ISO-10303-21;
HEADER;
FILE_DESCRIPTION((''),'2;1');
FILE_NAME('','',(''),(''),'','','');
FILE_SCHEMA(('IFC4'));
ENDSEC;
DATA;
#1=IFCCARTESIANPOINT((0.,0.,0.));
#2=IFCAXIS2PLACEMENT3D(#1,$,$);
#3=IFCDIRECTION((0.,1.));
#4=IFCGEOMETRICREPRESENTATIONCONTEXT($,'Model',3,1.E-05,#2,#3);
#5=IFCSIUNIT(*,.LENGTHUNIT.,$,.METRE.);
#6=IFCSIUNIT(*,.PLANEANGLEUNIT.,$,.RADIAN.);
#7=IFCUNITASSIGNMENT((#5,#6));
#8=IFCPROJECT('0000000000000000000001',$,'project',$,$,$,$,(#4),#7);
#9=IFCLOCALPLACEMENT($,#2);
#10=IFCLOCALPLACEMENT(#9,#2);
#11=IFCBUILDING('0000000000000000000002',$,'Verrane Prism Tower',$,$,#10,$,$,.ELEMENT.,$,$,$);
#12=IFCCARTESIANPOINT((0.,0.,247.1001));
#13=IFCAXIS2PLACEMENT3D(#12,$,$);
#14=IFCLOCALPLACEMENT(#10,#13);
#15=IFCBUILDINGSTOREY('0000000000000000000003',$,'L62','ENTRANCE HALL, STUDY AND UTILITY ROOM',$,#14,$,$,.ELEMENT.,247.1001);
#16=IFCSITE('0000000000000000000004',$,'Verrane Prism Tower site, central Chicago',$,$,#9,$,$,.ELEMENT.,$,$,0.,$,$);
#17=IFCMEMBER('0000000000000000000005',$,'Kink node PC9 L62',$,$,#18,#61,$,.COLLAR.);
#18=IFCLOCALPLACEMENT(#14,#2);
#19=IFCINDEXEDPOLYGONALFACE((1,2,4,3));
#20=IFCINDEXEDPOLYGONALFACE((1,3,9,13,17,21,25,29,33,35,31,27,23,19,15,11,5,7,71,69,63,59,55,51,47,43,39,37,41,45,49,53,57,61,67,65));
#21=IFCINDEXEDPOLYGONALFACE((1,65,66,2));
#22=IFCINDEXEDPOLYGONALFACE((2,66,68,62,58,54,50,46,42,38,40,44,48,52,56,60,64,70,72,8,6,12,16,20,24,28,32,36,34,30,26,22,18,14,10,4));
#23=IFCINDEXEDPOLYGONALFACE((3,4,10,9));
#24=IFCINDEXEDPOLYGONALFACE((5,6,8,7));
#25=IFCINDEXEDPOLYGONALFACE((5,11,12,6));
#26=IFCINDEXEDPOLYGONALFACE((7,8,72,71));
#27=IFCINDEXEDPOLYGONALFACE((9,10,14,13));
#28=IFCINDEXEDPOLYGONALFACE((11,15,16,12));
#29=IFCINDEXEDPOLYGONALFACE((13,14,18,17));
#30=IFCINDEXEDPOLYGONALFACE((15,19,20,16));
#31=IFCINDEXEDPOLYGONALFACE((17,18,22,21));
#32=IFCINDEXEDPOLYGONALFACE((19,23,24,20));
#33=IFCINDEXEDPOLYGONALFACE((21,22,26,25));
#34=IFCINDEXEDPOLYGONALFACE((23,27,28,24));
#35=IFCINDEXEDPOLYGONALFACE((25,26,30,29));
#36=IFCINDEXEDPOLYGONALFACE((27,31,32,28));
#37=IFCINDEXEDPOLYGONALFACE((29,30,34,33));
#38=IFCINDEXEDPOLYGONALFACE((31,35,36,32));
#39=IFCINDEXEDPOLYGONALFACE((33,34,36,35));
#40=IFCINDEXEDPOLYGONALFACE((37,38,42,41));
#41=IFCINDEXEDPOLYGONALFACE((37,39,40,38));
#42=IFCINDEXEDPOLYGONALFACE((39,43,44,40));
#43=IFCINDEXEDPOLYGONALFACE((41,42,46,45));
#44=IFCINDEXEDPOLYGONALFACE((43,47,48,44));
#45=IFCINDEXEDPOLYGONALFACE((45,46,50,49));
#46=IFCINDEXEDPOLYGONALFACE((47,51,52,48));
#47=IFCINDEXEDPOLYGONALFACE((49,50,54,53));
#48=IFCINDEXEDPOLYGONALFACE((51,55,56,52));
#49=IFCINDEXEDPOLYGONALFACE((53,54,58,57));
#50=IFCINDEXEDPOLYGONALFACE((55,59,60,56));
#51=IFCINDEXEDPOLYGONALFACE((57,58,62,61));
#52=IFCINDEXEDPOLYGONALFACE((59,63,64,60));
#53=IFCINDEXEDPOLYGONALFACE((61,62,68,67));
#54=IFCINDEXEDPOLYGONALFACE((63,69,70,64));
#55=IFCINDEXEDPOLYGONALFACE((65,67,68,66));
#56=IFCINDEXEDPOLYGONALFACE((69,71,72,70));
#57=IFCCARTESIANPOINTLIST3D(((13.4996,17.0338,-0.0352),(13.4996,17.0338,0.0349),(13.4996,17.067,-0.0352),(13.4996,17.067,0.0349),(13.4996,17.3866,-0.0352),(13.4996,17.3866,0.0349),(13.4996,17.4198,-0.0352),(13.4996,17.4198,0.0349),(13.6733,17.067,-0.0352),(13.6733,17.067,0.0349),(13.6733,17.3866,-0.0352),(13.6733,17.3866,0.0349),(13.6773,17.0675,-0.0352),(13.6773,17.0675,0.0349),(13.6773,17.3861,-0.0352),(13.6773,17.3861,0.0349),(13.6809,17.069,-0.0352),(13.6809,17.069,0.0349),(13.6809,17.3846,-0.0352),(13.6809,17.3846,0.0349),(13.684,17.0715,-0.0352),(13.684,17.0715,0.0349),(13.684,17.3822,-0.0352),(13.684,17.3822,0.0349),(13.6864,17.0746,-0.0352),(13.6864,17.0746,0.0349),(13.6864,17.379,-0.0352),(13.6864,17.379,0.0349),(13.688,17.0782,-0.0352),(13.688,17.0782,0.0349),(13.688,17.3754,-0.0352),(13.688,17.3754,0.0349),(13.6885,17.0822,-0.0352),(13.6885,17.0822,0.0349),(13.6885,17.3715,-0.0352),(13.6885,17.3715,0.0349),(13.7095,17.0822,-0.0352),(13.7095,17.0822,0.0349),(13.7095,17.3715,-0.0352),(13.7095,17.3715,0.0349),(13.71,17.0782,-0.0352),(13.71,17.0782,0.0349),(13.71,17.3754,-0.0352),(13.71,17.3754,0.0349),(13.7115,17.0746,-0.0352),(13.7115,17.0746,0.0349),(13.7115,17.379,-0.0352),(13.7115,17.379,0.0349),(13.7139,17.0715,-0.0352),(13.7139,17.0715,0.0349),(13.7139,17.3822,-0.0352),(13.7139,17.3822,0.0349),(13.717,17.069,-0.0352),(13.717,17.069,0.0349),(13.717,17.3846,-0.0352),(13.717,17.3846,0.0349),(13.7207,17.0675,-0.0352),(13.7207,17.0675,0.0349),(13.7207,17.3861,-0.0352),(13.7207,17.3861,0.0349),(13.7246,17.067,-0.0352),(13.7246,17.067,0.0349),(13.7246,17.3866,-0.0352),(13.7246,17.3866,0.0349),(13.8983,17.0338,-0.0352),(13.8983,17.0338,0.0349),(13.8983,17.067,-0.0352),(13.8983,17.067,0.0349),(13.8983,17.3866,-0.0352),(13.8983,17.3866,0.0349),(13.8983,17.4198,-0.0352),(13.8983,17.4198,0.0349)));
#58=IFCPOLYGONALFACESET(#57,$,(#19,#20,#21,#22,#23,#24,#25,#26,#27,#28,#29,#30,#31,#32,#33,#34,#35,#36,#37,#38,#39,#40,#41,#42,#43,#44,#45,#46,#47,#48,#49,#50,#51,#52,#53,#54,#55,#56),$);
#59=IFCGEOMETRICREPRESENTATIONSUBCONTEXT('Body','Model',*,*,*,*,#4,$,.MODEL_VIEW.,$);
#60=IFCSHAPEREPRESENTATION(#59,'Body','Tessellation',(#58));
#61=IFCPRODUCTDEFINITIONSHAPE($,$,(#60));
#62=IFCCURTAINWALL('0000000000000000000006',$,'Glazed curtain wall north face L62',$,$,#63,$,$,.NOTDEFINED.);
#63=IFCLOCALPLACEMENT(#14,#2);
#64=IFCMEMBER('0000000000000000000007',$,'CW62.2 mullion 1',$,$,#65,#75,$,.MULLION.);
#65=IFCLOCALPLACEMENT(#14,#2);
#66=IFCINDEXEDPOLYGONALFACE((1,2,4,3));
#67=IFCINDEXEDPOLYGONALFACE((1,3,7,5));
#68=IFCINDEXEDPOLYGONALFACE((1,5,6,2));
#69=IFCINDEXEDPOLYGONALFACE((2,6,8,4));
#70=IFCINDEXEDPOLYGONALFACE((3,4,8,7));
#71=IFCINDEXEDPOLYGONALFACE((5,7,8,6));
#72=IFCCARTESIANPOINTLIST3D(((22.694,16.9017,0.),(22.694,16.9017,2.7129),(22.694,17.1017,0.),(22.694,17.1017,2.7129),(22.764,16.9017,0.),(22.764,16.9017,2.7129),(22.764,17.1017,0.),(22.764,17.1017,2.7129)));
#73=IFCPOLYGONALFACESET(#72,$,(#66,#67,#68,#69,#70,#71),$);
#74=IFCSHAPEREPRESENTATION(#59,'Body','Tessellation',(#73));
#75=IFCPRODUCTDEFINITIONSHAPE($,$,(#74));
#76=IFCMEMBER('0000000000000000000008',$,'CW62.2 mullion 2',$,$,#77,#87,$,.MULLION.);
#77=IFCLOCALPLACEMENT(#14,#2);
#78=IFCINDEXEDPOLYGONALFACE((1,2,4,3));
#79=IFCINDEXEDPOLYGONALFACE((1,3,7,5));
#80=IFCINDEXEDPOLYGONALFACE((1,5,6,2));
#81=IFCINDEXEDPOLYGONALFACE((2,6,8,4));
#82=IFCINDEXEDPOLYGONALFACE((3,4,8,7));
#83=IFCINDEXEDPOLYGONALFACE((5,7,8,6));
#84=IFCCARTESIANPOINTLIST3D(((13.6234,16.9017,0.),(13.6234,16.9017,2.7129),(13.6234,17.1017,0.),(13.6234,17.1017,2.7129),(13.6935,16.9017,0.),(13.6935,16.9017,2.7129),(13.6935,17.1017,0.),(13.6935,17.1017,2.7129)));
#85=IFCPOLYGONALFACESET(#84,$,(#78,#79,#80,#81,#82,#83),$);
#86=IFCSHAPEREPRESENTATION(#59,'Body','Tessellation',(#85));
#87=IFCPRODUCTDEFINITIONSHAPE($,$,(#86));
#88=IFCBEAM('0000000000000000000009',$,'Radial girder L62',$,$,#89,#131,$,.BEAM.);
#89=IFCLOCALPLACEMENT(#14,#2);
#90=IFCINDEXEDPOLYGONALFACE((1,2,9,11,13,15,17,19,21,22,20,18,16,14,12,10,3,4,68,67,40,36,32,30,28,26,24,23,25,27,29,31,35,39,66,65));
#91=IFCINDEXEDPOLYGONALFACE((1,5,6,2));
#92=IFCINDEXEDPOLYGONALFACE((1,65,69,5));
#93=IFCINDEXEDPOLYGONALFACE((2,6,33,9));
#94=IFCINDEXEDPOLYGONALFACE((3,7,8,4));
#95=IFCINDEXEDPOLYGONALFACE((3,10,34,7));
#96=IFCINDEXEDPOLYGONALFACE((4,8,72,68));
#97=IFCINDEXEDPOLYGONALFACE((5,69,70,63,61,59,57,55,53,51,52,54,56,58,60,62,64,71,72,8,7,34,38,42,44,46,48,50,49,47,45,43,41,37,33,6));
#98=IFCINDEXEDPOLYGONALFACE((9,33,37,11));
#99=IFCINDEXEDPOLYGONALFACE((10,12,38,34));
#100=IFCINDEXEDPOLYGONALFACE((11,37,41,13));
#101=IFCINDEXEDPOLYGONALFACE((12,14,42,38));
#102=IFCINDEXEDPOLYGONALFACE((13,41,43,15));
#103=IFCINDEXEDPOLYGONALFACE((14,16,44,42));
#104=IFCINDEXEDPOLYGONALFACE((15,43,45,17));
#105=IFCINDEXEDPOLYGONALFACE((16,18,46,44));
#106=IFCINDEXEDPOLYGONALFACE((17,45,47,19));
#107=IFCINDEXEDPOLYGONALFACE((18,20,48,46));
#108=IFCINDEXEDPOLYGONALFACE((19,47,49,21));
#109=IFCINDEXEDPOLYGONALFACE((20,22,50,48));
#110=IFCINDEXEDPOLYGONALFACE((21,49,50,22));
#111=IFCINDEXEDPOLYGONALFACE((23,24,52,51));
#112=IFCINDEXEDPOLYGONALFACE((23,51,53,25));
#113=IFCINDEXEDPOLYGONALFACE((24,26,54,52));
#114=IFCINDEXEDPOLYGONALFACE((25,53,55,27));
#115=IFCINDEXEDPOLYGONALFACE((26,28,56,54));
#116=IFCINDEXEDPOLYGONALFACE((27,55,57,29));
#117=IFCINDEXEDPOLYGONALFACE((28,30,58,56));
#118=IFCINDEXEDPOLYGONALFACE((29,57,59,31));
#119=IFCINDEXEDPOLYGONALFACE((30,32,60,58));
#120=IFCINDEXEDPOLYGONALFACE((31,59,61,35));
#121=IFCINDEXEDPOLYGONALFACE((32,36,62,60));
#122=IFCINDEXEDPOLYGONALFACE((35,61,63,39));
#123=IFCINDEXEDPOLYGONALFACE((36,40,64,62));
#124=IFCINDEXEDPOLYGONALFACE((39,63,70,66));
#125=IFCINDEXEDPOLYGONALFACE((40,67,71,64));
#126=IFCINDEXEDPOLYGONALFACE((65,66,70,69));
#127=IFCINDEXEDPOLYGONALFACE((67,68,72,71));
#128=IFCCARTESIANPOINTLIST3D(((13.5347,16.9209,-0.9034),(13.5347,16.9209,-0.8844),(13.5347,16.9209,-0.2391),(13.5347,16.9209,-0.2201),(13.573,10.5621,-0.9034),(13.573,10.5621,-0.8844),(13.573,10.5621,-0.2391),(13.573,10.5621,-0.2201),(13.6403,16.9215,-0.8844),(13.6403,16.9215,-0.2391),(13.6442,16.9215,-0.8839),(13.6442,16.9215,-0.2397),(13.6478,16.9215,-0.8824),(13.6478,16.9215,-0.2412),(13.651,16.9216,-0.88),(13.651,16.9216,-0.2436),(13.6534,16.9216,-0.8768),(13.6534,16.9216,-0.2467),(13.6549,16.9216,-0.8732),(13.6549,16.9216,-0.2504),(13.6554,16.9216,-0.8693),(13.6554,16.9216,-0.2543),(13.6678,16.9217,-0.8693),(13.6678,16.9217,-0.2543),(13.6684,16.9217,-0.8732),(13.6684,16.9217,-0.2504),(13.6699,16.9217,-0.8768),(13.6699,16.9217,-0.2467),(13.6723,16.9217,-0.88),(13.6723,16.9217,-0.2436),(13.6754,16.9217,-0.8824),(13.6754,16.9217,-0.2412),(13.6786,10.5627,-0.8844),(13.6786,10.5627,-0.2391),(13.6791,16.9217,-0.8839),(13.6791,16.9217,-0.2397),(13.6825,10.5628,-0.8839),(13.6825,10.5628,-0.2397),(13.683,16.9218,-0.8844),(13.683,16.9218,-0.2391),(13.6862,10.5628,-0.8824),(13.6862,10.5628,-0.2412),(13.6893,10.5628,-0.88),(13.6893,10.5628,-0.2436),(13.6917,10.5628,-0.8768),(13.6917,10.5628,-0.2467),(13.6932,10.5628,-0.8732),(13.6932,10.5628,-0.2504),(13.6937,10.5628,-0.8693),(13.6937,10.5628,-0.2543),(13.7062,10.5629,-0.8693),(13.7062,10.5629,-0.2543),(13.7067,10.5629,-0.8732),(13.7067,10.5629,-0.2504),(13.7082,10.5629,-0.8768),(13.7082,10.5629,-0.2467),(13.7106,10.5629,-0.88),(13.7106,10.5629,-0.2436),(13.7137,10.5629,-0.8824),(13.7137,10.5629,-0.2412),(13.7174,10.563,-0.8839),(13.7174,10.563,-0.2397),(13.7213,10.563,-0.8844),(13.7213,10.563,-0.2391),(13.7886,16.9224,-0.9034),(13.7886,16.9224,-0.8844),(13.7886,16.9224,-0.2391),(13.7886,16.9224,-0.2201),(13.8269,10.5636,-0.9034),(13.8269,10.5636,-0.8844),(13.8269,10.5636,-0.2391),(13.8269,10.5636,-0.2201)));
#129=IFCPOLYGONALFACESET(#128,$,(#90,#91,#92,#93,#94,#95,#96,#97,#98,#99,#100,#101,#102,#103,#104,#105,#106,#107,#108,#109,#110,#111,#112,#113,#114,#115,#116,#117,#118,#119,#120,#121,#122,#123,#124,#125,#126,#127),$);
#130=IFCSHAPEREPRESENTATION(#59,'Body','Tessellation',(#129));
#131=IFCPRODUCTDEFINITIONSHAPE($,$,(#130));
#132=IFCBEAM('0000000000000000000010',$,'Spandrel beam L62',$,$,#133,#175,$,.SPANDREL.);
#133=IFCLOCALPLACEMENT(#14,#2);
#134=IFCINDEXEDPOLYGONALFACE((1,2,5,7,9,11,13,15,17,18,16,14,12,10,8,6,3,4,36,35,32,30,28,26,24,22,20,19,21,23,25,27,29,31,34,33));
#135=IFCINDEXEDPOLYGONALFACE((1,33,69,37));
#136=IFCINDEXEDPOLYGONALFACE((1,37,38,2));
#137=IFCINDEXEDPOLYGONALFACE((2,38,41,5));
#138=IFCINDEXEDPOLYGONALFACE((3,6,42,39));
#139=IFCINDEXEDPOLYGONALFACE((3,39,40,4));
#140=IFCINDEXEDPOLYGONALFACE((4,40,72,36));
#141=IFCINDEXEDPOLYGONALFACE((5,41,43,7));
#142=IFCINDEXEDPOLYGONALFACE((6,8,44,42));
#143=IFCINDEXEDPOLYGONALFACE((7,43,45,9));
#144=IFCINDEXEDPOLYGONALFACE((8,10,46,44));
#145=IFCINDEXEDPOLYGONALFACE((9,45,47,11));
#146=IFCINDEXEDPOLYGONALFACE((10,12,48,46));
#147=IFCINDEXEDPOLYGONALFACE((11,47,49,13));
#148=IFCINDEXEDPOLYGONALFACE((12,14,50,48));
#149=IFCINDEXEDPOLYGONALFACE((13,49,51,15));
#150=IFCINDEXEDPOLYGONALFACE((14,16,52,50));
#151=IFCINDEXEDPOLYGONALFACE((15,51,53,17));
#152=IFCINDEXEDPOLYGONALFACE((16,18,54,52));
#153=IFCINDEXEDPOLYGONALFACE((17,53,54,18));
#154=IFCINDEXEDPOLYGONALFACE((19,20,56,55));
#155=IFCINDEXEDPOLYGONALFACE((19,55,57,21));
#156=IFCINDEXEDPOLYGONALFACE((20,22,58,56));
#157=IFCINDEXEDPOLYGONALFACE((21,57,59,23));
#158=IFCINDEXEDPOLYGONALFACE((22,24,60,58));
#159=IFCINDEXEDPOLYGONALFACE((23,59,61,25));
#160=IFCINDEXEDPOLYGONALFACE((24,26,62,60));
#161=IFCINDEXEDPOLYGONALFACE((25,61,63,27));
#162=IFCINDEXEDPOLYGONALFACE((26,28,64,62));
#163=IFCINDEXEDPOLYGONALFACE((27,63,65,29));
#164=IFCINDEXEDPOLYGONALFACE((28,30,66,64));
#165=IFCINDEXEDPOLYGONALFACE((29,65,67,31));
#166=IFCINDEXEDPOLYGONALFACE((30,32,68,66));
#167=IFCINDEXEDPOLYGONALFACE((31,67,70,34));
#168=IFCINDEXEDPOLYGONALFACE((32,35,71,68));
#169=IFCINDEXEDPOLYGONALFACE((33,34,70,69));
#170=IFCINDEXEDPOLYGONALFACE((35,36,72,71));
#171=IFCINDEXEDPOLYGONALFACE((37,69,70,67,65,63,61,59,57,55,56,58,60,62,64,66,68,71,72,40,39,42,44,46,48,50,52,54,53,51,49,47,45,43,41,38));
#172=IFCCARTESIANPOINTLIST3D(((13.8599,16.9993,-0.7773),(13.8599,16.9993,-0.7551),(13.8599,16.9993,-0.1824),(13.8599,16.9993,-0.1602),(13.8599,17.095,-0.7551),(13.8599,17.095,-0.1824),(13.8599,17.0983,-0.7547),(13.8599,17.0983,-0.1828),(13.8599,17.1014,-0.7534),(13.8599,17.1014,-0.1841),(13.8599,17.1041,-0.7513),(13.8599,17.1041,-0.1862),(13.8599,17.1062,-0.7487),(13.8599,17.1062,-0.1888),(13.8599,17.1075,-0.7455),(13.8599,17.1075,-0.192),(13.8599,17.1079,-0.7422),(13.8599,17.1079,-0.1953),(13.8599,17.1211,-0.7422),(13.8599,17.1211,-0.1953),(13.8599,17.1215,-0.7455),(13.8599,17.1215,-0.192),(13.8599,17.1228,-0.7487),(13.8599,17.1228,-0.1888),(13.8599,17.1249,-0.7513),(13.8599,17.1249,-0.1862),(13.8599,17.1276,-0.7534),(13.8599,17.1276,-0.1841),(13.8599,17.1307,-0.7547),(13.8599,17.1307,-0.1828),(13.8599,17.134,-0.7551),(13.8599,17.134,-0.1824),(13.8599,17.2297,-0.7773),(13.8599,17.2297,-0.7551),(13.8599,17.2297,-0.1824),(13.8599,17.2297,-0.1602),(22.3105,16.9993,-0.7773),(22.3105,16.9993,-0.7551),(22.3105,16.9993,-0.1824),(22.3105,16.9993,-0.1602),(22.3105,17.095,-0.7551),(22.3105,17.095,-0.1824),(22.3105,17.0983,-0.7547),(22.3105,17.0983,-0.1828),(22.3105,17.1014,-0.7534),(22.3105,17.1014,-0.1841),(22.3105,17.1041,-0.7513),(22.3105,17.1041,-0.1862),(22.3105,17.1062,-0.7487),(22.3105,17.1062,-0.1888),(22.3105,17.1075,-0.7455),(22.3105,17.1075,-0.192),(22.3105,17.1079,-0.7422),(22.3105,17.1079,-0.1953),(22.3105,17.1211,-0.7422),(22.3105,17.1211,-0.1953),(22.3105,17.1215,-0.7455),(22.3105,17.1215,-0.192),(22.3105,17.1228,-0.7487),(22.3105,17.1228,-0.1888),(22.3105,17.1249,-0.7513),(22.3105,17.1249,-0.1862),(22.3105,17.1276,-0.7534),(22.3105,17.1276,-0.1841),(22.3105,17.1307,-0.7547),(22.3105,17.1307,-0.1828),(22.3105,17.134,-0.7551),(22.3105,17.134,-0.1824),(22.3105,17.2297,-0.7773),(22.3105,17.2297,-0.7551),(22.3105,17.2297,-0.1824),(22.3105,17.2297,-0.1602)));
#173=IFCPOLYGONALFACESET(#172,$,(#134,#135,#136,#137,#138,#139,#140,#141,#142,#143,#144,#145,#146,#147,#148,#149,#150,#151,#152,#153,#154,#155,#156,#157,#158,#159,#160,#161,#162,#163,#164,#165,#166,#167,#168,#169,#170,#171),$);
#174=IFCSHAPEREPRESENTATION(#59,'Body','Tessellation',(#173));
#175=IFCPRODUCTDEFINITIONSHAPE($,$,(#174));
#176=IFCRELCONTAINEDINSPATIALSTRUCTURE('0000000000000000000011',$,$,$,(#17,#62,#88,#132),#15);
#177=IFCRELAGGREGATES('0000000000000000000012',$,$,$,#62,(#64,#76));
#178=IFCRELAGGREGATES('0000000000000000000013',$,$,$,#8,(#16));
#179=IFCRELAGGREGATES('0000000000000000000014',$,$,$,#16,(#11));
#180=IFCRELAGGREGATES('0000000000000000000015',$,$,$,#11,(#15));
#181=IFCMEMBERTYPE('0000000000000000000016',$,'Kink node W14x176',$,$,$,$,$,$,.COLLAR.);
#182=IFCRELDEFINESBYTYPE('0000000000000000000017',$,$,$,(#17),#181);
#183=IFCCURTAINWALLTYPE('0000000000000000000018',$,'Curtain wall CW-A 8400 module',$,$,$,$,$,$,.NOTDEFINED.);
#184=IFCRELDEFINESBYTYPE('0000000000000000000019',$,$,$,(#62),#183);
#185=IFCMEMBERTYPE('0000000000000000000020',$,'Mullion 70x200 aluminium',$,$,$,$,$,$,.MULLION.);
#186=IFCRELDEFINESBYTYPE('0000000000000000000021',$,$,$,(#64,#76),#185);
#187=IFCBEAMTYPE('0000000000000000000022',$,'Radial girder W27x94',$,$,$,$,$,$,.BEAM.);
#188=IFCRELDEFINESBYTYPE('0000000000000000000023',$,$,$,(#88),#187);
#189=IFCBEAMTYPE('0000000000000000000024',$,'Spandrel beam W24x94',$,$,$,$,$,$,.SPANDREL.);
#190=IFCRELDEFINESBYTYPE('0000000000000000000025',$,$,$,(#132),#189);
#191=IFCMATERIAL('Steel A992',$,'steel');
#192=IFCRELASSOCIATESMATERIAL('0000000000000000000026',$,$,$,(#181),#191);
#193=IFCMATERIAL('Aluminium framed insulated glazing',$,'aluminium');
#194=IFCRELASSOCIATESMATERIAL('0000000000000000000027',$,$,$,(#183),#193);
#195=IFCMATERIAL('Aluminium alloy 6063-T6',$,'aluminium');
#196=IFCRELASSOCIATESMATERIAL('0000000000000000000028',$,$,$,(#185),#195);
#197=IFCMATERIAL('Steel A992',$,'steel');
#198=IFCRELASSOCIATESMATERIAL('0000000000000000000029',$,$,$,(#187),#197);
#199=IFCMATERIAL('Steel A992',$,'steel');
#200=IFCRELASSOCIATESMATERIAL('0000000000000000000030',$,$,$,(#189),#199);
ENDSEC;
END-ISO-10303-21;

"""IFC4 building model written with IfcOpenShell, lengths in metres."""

from ifc_helpers import new_model, si_unit, direction, frame, origin, origin_2d, place, context, subcontext, project, spatial, rectangle, i_section, extrude, material, material_profile, profile_set, type_object, element, aggregate, save


model = new_model("IFC4")

# Units and contexts
model_context = context("Model", 3, precision=1e-05, world=origin(), true_north=direction((0.0, 1.0)))
body_context = subcontext(model_context, "Body", "Model", "MODEL_VIEW")
ifc_project = project(units=[si_unit("LENGTHUNIT", "METRE"), si_unit("PLANEANGLEUNIT", "RADIAN")], contexts=[model_context])

# Site, building, storey
site_placement = place(None, origin())
site = spatial("IfcSite", under=ifc_project, at=site_placement, Name="Verrane Prism Tower site, central Chicago", CompositionType="ELEMENT", RefElevation=0.0)
building_placement = place(site_placement, origin())
building = spatial("IfcBuilding", under=site, at=building_placement, Name="Verrane Prism Tower", CompositionType="ELEMENT")
storey_placement = place(building_placement, frame((0.0, 0.0, 247.1001)))
storey = spatial("IfcBuildingStorey", under=building, at=storey_placement, Name="L62", Description="ENTRANCE HALL, STUDY AND UTILITY ROOM", CompositionType="ELEMENT", Elevation=247.1001)

# Member
ifc_material_1 = material(Name="Steel A992", Category="steel")
ifc_material_profile_1 = material_profile(ifc_material_1, i_section(OverallWidth=0.3987, OverallDepth=0.386, WebThickness=0.021, FlangeThickness=0.0332, FilletRadius=0.0151, at=origin_2d()), Name="W14x176")
ifc_profile_set_1 = profile_set([ifc_material_profile_1], Name="Steel A992")
member_type_1 = type_object("IfcMemberType", Name="Kink node W14x176", PredefinedType="COLLAR", material=ifc_profile_set_1)
member_1_placement = place(storey_placement, frame((13.699, 17.2268, -0.0352), z_axis=(0.0, 0.0, 1.0), x_axis=(1.0, 0.0, 0.0)))
element("IfcMember", 1, at=member_1_placement, inside=storey, type_object=member_type_1, Name="Kink node PC9 L62", PredefinedType="COLLAR", context=body_context, shape_type="SweptSolid", body=[
    extrude(i_section(OverallWidth=0.3987, OverallDepth=0.386, WebThickness=0.021, FlangeThickness=0.0332, FilletRadius=0.0151, at=origin_2d()), origin(), (0.0, 0.0, 1.0), 0.0701),
])

# Curtain wall, members
ifc_material_2 = material(Name="Aluminium framed insulated glazing", Category="aluminium")
curtain_wall_type = type_object("IfcCurtainWallType", Name="Curtain wall CW-A 8400 module", PredefinedType="NOTDEFINED", material=ifc_material_2)
curtain_wall_1_placement = place(storey_placement, origin())
curtain_wall_1 = element("IfcCurtainWall", 2, at=curtain_wall_1_placement, inside=storey, type_object=curtain_wall_type, Name="Glazed curtain wall north face L62", PredefinedType="NOTDEFINED")
ifc_material_3 = material(Name="Aluminium alloy 6063-T6", Category="aluminium")
ifc_material_profile_2 = material_profile(ifc_material_3, rectangle(XDim=0.2, YDim=0.0701, at=origin_2d()), Name="Mullion 70x200 aluminium")
ifc_profile_set_2 = profile_set([ifc_material_profile_2], Name="Aluminium alloy 6063-T6")
member_type_2 = type_object("IfcMemberType", Name="Mullion 70x200 aluminium", PredefinedType="MULLION", material=ifc_profile_set_2)
member_2_placement = place(storey_placement, frame((22.729, 17.0017, 0.0), z_axis=(0.0, 0.0, 1.0), x_axis=(0.0, -1.0, 0.0)))
member_2 = element("IfcMember", 3, at=member_2_placement, type_object=member_type_2, Name="CW62.2 mullion 1", PredefinedType="MULLION", context=body_context, shape_type="SweptSolid", body=[
    extrude(rectangle(XDim=0.2, YDim=0.0701, at=origin_2d()), origin(), (0.0, 0.0, 1.0), 2.7129),
])
member_3_placement = place(storey_placement, frame((13.6584, 17.0017, 0.0), z_axis=(0.0, 0.0, 1.0), x_axis=(0.0, -1.0, 0.0)))
member_3 = element("IfcMember", 4, at=member_3_placement, type_object=member_type_2, Name="CW62.2 mullion 2", PredefinedType="MULLION", context=body_context, shape_type="SweptSolid", body=[
    extrude(rectangle(XDim=0.2, YDim=0.0701, at=origin_2d()), origin(), (0.0, 0.0, 1.0), 2.7129),
])

# Beams
ifc_material_4 = material(Name="Steel A992", Category="steel")
ifc_material_profile_3 = material_profile(ifc_material_4, i_section(OverallWidth=0.2539, OverallDepth=0.6833, WebThickness=0.0125, FlangeThickness=0.019, FilletRadius=0.0151, at=origin_2d()), Name="W27x94")
ifc_profile_set_3 = profile_set([ifc_material_profile_3], Name="Steel A992")
beam_type_1 = type_object("IfcBeamType", Name="Radial girder W27x94", PredefinedType="BEAM", material=ifc_profile_set_3)
beam_1_placement = place(storey_placement, frame((13.6616, 16.9216, -0.5618), z_axis=(0.006028, -0.999982, 0.0), x_axis=(0.999982, 0.006028, 0.0)))
element("IfcBeam", 5, at=beam_1_placement, inside=storey, type_object=beam_type_1, Name="Radial girder L62", PredefinedType="BEAM", context=body_context, shape_type="SweptSolid", body=[
    extrude(i_section(OverallWidth=0.2539, OverallDepth=0.6833, WebThickness=0.0125, FlangeThickness=0.019, FilletRadius=0.0151, at=origin_2d()), origin(), (0.0, 0.0, 1.0), 6.3589),
])
ifc_material_5 = material(Name="Steel A992", Category="steel")
ifc_material_profile_4 = material_profile(ifc_material_5, i_section(OverallWidth=0.2305, OverallDepth=0.6172, WebThickness=0.0132, FlangeThickness=0.0222, FilletRadius=0.0129, at=origin_2d()), Name="W24x94")
ifc_profile_set_4 = profile_set([ifc_material_profile_4], Name="Steel A992")
beam_type_2 = type_object("IfcBeamType", Name="Spandrel beam W24x94", PredefinedType="SPANDREL", material=ifc_profile_set_4)
beam_2_placement = place(storey_placement, frame((22.3105, 17.1145, -0.4688), z_axis=(-1.0, 0.0, 0.0), x_axis=(0.0, -1.0, 0.0)))
element("IfcBeam", 6, at=beam_2_placement, inside=storey, type_object=beam_type_2, Name="Spandrel beam L62", PredefinedType="SPANDREL", context=body_context, shape_type="SweptSolid", body=[
    extrude(i_section(OverallWidth=0.2305, OverallDepth=0.6172, WebThickness=0.0132, FlangeThickness=0.0222, FilletRadius=0.0129, at=origin_2d()), origin(), (0.0, 0.0, 1.0), 8.4507),
])

aggregate(curtain_wall_1, [member_2, member_3])

save(model, "model.ifc")
